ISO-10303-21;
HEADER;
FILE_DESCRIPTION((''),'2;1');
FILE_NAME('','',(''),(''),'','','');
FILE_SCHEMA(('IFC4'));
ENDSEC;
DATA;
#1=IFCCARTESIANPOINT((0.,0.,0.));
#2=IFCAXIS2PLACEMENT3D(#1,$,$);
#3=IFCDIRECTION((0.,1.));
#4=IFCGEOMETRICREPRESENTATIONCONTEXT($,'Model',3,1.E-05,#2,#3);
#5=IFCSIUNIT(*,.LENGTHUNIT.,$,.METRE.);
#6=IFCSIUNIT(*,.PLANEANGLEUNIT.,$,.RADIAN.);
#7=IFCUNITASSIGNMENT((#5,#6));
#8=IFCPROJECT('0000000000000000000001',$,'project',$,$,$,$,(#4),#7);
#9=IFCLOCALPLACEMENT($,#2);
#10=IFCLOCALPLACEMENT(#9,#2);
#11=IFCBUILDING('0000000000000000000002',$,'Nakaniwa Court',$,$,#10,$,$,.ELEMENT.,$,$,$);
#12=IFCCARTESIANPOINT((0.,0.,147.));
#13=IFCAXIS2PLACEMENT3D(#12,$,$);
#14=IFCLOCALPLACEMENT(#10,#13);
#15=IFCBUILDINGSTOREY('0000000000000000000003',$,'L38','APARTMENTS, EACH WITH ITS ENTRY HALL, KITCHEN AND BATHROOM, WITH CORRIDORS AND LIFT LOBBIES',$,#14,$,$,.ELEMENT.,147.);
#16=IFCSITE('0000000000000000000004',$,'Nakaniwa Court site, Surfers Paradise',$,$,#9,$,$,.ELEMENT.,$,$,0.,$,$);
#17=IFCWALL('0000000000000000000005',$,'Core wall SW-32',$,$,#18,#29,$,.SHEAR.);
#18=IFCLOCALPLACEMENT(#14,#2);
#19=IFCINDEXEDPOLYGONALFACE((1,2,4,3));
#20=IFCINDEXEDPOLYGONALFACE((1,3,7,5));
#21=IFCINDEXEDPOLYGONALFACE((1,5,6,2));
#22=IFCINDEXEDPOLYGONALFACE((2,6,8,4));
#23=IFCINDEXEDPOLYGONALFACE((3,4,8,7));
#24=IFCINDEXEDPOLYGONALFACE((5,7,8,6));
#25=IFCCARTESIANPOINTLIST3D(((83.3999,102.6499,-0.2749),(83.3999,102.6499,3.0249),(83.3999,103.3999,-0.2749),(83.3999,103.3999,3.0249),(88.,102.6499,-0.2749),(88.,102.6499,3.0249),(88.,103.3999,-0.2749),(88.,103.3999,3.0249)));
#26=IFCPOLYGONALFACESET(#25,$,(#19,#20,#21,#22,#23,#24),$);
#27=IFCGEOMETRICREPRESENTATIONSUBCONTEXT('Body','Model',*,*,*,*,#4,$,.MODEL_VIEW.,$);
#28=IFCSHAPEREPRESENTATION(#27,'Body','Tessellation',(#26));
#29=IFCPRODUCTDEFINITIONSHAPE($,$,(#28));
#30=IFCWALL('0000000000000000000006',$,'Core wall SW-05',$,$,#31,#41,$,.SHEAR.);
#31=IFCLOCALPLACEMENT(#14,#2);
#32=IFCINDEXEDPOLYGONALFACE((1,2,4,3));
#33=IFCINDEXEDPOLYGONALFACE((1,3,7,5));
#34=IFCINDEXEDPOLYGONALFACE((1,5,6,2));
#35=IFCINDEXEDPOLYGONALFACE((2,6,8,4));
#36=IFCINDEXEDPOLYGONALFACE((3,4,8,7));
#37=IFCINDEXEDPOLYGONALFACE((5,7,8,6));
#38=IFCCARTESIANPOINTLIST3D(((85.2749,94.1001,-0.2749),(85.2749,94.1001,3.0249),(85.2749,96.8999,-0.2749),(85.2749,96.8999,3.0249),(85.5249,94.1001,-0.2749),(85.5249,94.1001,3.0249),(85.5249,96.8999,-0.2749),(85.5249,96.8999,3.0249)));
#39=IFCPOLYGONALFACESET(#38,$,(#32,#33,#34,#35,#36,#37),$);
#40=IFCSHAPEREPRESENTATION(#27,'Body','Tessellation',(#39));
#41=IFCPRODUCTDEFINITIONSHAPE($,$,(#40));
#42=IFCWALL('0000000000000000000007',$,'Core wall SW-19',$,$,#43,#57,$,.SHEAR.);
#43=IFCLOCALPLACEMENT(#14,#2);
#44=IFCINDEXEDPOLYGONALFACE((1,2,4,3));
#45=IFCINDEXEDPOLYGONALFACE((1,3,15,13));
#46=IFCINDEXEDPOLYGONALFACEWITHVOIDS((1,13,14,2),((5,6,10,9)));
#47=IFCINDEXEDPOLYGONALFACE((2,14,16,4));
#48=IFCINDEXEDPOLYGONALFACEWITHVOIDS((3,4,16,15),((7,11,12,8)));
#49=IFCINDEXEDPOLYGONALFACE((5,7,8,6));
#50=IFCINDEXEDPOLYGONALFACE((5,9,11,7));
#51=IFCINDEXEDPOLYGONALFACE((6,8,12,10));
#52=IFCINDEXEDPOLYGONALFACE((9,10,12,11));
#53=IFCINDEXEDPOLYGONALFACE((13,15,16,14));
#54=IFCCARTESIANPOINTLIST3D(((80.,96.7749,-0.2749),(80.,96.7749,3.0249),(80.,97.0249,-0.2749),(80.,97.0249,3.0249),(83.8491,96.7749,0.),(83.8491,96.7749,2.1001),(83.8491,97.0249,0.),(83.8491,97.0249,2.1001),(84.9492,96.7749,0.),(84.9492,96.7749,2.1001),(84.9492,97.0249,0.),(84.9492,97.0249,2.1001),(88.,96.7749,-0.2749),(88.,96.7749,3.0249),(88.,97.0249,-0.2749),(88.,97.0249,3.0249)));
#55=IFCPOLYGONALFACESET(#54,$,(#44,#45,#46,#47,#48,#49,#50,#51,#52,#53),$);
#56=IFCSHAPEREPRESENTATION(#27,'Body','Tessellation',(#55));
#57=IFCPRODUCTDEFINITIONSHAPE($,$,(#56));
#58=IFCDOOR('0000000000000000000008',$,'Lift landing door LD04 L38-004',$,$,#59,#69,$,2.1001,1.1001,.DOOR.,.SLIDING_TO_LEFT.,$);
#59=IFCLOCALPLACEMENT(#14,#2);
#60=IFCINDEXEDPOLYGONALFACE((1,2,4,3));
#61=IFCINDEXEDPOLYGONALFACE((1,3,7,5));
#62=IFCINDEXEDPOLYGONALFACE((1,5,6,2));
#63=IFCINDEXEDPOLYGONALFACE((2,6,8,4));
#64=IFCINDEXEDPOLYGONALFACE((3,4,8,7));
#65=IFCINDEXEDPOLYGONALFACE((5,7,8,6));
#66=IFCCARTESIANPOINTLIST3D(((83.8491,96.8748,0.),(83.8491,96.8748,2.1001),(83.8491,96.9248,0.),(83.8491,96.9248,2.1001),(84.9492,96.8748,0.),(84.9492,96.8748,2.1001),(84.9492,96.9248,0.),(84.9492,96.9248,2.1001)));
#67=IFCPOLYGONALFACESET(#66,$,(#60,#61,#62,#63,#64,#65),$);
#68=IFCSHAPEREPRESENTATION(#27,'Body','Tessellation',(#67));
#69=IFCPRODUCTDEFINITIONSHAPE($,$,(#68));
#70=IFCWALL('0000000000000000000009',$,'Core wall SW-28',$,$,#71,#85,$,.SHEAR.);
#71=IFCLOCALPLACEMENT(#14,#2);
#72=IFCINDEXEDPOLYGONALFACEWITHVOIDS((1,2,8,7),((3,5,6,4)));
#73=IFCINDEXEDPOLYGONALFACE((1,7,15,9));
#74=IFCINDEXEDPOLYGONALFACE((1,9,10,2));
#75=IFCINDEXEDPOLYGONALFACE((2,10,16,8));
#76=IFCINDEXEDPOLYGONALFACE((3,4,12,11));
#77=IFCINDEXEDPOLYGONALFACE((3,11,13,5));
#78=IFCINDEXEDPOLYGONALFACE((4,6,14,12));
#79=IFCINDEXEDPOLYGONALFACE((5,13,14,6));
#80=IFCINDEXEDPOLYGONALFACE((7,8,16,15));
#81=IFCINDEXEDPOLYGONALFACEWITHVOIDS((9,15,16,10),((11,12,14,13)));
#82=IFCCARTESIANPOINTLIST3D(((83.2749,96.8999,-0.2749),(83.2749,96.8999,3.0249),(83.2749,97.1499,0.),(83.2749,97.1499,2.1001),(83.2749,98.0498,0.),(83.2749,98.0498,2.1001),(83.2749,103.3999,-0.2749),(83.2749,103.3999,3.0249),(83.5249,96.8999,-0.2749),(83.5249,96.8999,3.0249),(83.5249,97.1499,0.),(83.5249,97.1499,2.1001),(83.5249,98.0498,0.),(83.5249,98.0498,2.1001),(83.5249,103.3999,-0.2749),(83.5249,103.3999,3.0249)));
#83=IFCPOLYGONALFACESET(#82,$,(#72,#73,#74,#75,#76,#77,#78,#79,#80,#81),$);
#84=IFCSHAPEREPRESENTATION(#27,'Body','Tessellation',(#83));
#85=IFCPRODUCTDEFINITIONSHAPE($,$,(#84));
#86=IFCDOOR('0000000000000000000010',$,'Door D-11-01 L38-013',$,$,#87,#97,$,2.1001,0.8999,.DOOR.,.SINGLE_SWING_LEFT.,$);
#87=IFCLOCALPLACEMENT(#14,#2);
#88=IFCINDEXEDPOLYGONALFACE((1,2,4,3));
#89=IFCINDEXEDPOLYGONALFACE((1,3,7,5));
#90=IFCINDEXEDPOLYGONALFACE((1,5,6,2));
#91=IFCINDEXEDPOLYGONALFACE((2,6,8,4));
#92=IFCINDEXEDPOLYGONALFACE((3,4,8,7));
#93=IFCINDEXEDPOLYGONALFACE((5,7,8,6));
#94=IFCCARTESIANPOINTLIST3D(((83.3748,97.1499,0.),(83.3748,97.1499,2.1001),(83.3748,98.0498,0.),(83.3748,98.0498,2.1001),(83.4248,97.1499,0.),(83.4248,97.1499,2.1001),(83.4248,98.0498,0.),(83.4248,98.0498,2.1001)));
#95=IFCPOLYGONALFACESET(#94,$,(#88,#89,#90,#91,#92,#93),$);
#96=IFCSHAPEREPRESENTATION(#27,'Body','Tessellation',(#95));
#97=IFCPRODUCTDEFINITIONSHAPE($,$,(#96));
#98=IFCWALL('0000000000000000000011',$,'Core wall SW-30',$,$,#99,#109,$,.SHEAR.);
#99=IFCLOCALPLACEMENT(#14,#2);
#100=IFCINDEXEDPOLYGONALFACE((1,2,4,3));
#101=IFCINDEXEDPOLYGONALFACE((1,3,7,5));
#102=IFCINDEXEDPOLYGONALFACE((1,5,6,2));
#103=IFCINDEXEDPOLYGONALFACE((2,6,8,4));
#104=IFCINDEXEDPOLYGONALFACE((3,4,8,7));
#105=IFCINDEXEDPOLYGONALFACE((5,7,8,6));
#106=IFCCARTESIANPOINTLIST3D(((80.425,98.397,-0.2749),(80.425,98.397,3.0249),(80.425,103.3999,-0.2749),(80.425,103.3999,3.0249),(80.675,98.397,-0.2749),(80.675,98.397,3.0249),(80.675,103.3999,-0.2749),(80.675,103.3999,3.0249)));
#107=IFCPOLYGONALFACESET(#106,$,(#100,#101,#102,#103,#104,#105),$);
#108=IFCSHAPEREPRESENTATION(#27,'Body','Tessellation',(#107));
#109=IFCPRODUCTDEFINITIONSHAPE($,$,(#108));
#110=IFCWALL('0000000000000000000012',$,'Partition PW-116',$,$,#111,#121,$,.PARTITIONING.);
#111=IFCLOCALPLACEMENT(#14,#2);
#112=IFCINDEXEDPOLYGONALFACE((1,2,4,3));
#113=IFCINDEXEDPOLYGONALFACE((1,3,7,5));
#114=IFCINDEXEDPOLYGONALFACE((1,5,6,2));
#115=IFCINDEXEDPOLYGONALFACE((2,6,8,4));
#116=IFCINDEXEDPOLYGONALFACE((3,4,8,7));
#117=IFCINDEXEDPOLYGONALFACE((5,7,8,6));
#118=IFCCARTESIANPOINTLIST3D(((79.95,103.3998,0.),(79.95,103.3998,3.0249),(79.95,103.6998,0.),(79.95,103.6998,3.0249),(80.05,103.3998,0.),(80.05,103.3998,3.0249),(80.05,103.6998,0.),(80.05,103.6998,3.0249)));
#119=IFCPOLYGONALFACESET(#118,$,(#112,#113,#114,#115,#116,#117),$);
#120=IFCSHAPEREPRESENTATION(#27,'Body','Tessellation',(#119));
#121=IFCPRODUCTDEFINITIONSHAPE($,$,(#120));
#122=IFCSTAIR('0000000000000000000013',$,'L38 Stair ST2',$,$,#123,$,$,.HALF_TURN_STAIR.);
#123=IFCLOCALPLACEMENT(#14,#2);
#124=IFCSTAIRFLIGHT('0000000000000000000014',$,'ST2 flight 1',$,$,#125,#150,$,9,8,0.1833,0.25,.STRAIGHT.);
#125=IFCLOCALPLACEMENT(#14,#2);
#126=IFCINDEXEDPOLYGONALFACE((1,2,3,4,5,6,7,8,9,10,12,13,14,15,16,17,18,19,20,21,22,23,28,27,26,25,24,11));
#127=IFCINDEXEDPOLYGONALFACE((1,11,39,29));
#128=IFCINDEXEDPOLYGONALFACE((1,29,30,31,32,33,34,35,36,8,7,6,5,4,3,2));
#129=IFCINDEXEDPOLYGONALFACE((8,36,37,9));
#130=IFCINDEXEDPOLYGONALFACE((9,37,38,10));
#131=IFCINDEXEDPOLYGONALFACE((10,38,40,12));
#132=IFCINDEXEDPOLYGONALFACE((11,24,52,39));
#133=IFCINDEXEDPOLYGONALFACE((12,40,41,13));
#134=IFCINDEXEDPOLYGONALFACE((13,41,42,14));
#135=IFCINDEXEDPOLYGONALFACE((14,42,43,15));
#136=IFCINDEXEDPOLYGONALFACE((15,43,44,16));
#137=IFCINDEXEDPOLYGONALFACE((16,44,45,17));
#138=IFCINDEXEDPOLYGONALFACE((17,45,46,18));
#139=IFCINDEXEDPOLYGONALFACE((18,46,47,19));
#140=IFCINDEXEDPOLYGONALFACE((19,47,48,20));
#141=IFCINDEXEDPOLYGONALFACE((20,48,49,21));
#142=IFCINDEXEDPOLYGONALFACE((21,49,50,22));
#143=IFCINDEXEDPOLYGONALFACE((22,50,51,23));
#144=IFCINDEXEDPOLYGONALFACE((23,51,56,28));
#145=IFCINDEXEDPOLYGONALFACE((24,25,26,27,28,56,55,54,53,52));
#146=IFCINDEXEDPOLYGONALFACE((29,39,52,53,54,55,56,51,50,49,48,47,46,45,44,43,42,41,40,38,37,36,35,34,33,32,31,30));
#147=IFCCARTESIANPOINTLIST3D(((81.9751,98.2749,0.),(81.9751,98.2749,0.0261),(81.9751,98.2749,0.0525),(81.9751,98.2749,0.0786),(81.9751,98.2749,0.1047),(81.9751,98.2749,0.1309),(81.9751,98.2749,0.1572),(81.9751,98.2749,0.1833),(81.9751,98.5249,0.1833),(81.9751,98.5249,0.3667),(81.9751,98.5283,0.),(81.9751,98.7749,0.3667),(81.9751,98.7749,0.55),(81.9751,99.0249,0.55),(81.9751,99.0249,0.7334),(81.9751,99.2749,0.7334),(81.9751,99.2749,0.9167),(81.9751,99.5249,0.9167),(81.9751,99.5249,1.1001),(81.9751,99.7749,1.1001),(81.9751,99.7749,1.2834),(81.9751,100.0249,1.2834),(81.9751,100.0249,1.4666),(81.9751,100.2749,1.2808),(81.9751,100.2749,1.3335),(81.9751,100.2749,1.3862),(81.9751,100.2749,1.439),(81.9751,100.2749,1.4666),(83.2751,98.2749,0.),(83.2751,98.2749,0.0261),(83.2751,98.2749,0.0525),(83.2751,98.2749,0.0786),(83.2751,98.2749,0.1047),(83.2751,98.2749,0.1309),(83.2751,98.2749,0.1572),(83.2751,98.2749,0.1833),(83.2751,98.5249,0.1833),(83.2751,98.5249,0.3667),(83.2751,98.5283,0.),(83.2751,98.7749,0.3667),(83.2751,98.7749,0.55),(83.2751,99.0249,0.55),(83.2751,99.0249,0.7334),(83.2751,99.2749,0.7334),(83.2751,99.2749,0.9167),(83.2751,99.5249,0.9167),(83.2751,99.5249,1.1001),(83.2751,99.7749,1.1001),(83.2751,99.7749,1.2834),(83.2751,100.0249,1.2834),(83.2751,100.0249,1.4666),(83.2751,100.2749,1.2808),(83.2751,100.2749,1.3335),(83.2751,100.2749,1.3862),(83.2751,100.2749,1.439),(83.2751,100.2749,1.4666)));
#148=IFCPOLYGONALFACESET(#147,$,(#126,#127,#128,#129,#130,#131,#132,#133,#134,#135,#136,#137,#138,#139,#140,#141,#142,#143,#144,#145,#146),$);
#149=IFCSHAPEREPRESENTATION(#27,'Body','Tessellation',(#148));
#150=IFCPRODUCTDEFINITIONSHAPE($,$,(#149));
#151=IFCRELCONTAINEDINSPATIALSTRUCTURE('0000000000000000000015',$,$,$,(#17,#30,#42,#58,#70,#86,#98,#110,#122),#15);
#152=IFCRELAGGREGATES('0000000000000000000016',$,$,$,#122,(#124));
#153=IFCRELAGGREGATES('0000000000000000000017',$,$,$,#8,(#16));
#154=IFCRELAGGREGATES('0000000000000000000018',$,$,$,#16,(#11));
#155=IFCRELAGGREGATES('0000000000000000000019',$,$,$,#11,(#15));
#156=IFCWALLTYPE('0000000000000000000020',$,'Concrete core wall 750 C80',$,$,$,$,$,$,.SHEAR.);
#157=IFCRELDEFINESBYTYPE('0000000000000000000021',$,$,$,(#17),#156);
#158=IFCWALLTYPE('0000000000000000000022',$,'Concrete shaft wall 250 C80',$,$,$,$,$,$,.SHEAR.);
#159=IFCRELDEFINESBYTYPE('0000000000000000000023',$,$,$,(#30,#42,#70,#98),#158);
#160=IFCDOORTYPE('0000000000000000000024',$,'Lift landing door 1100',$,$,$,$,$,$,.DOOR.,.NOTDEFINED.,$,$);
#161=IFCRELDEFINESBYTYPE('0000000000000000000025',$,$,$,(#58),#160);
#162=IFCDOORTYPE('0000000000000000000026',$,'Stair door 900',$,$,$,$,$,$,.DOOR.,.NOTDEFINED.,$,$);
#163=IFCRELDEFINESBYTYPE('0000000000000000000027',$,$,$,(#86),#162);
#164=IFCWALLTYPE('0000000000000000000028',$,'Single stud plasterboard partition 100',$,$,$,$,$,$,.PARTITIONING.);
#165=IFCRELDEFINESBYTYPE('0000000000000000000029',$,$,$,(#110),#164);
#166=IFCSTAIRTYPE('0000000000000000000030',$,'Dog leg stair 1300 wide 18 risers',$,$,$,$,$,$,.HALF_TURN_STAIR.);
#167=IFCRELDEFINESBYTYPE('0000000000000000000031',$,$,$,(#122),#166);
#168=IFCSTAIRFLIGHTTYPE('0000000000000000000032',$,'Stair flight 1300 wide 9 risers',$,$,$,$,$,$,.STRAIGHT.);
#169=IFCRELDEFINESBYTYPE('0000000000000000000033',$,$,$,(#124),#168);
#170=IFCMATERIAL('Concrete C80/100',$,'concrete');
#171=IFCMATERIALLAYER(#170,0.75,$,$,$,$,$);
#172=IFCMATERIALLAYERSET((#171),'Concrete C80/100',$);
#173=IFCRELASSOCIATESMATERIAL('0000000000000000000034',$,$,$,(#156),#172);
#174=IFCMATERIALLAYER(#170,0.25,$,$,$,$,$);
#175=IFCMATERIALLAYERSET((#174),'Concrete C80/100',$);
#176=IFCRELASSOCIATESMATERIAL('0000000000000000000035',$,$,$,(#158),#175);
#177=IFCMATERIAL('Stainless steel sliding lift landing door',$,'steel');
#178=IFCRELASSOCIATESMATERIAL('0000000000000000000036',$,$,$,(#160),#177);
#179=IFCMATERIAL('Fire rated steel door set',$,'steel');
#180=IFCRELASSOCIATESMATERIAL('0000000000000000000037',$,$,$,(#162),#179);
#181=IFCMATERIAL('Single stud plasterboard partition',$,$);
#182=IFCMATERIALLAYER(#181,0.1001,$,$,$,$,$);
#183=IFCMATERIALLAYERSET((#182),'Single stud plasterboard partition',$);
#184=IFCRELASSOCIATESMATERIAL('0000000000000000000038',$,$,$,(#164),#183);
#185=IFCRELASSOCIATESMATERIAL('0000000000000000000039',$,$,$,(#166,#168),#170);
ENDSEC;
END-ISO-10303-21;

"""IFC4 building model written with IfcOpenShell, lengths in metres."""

from ifc_helpers import new_model, si_unit, direction, frame, frame_2d, origin, place, context, subcontext, project, spatial, polyline, rectangle, outline, extrude, material, layer, layer_set, type_object, element, fill, aggregate, save


model = new_model("IFC4")

# Units and contexts
model_context = context("Model", 3, precision=1e-05, world=origin(), true_north=direction((0.0, 1.0)))
body_context = subcontext(model_context, "Body", "Model", "MODEL_VIEW")
ifc_project = project(units=[si_unit("LENGTHUNIT", "METRE"), si_unit("PLANEANGLEUNIT", "RADIAN")], contexts=[model_context])

# Site, building, storey
site_placement = place(None, origin())
site = spatial("IfcSite", under=ifc_project, at=site_placement, Name="Nakaniwa Court site, Surfers Paradise", CompositionType="ELEMENT", RefElevation=0.0)
building_placement = place(site_placement, origin())
building = spatial("IfcBuilding", under=site, at=building_placement, Name="Nakaniwa Court", CompositionType="ELEMENT")
storey_placement = place(building_placement, frame((0.0, 0.0, 147.0)))
storey = spatial("IfcBuildingStorey", under=building, at=storey_placement, Name="L38", Description="APARTMENTS, EACH WITH ITS ENTRY HALL, KITCHEN AND BATHROOM, WITH CORRIDORS AND LIFT LOBBIES", CompositionType="ELEMENT", Elevation=147.0)

# Shared definitions
ifc_material_1 = material(Name="Fire rated steel door set", Category="steel")

# Shared definitions
ifc_material_2 = material(Name="Concrete C80/100", Category="concrete")

# Walls
ifc_layer_1 = layer(ifc_material_2, 0.75)
ifc_layer_set_1 = layer_set([ifc_layer_1], Name="Concrete C80/100")
wall_type_1 = type_object("IfcWallType", Name="Concrete core wall 750 C80", PredefinedType="SHEAR", material=ifc_layer_set_1)
wall_1_placement = place(storey_placement, frame((83.3999, 103.0249, -0.2749), z_axis=(0.0, 0.0, 1.0), x_axis=(1.0, 0.0, 0.0)))
element("IfcWall", 1, at=wall_1_placement, inside=storey, type_object=wall_type_1, Name="Core wall SW-32", PredefinedType="SHEAR", context=body_context, shape_type="SweptSolid", body=[
    extrude(rectangle(XDim=4.6001, YDim=0.75, at=frame_2d((2.3, 0.0))), origin(), (0.0, 0.0, 1.0), 3.2998),
])
ifc_layer_2 = layer(ifc_material_2, 0.25)
ifc_layer_set_2 = layer_set([ifc_layer_2], Name="Concrete C80/100")
wall_type_2 = type_object("IfcWallType", Name="Concrete shaft wall 250 C80", PredefinedType="SHEAR", material=ifc_layer_set_2)
wall_2_placement = place(storey_placement, frame((85.3999, 94.1001, -0.2749), z_axis=(0.0, 0.0, 1.0), x_axis=(0.0, 1.0, 0.0)))
element("IfcWall", 2, at=wall_2_placement, inside=storey, type_object=wall_type_2, Name="Core wall SW-05", PredefinedType="SHEAR", context=body_context, shape_type="SweptSolid", body=[
    extrude(rectangle(XDim=2.7998, YDim=0.25, at=frame_2d((1.3999, 0.0))), origin(), (0.0, 0.0, 1.0), 3.2998),
])

# Walls, openings, doors
wall_3_placement = place(storey_placement, frame((80.0, 96.8999, -0.2749), z_axis=(0.0, 0.0, 1.0), x_axis=(1.0, 0.0, 0.0)))
wall_3 = element("IfcWall", 3, at=wall_3_placement, inside=storey, type_object=wall_type_2, Name="Core wall SW-19", PredefinedType="SHEAR", context=body_context, shape_type="SweptSolid", body=[
    extrude(rectangle(XDim=8.0, YDim=0.25, at=frame_2d((4.0, 0.0))), origin(), (0.0, 0.0, 1.0), 3.2998),
])
opening_1_placement = place(wall_3_placement, frame((3.8491, 0.0, 0.2749)))
opening_1 = element("IfcOpeningElement", 4, at=opening_1_placement, cuts=wall_3, PredefinedType="OPENING", context=body_context, shape_type="SweptSolid", body=[
    extrude(rectangle(XDim=1.1001, YDim=2.1001, at=frame_2d((0.55, 1.05))), frame((0.0, 0.135, 0.0), z_axis=(0.0, -1.0, 0.0), x_axis=(1.0, 0.0, 0.0)), (0.0, 0.0, 1.0), 0.27),
])
ifc_material_3 = material(Name="Stainless steel sliding lift landing door", Category="steel")
door_type_1 = type_object("IfcDoorType", Name="Lift landing door 1100", OperationType="NOTDEFINED", PredefinedType="DOOR", material=ifc_material_3)
door_1_placement = place(opening_1_placement, origin())
door_1 = element("IfcDoor", 5, at=door_1_placement, inside=storey, type_object=door_type_1, Name="Lift landing door LD04 L38-004", OperationType="SLIDING_TO_LEFT", OverallHeight=2.1001, OverallWidth=1.1001, PredefinedType="DOOR", context=body_context, shape_type="SweptSolid", body=[
    extrude(rectangle(XDim=1.1001, YDim=2.1001, at=frame_2d((0.55, 1.05))), frame((0.0, 0.0249, 0.0), z_axis=(0.0, -1.0, 0.0), x_axis=(1.0, 0.0, 0.0)), (0.0, 0.0, 1.0), 0.05),
])
fill(opening_1, door_1)
wall_4_placement = place(storey_placement, frame((83.3999, 103.3999, -0.2749), z_axis=(0.0, 0.0, 1.0), x_axis=(0.0, -1.0, 0.0)))
wall_4 = element("IfcWall", 6, at=wall_4_placement, inside=storey, type_object=wall_type_2, Name="Core wall SW-28", PredefinedType="SHEAR", context=body_context, shape_type="SweptSolid", body=[
    extrude(rectangle(XDim=6.5, YDim=0.25, at=frame_2d((3.25, 0.0))), origin(), (0.0, 0.0, 1.0), 3.2998),
])
opening_2_placement = place(wall_4_placement, frame((5.3501, 0.0, 0.2749)))
opening_2 = element("IfcOpeningElement", 7, at=opening_2_placement, cuts=wall_4, PredefinedType="OPENING", context=body_context, shape_type="SweptSolid", body=[
    extrude(rectangle(XDim=0.8999, YDim=2.1001, at=frame_2d((0.45, 1.05))), frame((0.0, 0.135, 0.0), z_axis=(0.0, -1.0, 0.0), x_axis=(1.0, 0.0, 0.0)), (0.0, 0.0, 1.0), 0.27),
])
door_type_2 = type_object("IfcDoorType", Name="Stair door 900", OperationType="NOTDEFINED", PredefinedType="DOOR", material=ifc_material_1)
door_2_placement = place(opening_2_placement, origin())
door_2 = element("IfcDoor", 8, at=door_2_placement, inside=storey, type_object=door_type_2, Name="Door D-11-01 L38-013", OperationType="SINGLE_SWING_LEFT", OverallHeight=2.1001, OverallWidth=0.8999, PredefinedType="DOOR", context=body_context, shape_type="SweptSolid", body=[
    extrude(rectangle(XDim=0.8999, YDim=2.1001, at=frame_2d((0.45, 1.05))), frame((0.0, 0.0249, 0.0), z_axis=(0.0, -1.0, 0.0), x_axis=(1.0, 0.0, 0.0)), (0.0, 0.0, 1.0), 0.05),
])
fill(opening_2, door_2)

# Walls
wall_5_placement = place(storey_placement, frame((80.55, 98.397, -0.2749), z_axis=(0.0, 0.0, 1.0), x_axis=(0.0, 1.0, 0.0)))
element("IfcWall", 9, at=wall_5_placement, inside=storey, type_object=wall_type_2, Name="Core wall SW-30", PredefinedType="SHEAR", context=body_context, shape_type="SweptSolid", body=[
    extrude(rectangle(XDim=5.0029, YDim=0.25, at=frame_2d((2.5015, 0.0))), origin(), (0.0, 0.0, 1.0), 3.2998),
])
ifc_material_4 = material(Name="Single stud plasterboard partition")
ifc_layer_3 = layer(ifc_material_4, 0.1001)
ifc_layer_set_3 = layer_set([ifc_layer_3], Name="Single stud plasterboard partition")
wall_type_3 = type_object("IfcWallType", Name="Single stud plasterboard partition 100", PredefinedType="PARTITIONING", material=ifc_layer_set_3)
wall_6_placement = place(storey_placement, frame((80.0, 103.3999, 0.0), z_axis=(0.0, 0.0, 1.0), x_axis=(0.0, 1.0, 0.0)))
element("IfcWall", 10, at=wall_6_placement, inside=storey, type_object=wall_type_3, Name="Partition PW-116", PredefinedType="PARTITIONING", context=body_context, shape_type="SweptSolid", body=[
    extrude(rectangle(XDim=0.3, YDim=0.1001, at=frame_2d((0.1499, 0.0))), origin(), (0.0, 0.0, 1.0), 3.0249),
])

# Stair, stair flight
stair_type = type_object("IfcStairType", Name="Dog leg stair 1300 wide 18 risers", PredefinedType="HALF_TURN_STAIR", material=ifc_material_2)
stair_placement = place(storey_placement, origin())
stair = element("IfcStair", 11, at=stair_placement, inside=storey, type_object=stair_type, Name="L38 Stair ST2", PredefinedType="HALF_TURN_STAIR")
stair_flight_type = type_object("IfcStairFlightType", Name="Stair flight 1300 wide 9 risers", PredefinedType="STRAIGHT", material=ifc_material_2)
stair_flight_1_placement = place(storey_placement, frame((82.625, 98.2749, 0.0), z_axis=(0.0, 0.0, 1.0), x_axis=(0.0, 1.0, 0.0)))
stair_flight_1 = element("IfcStairFlight", 12, at=stair_flight_1_placement, type_object=stair_flight_type, Name="ST2 flight 1", NumberOfRisers=9, NumberOfTreads=8, PredefinedType="STRAIGHT", RiserHeight=0.1833, TreadLength=0.25, context=body_context, shape_type="SweptSolid", body=[
    extrude(outline(polyline([(0.0, 0.0), (0.0, 0.0261), (0.0, 0.0525), (0.0, 0.0786), (0.0, 0.1047), (0.0, 0.1309), (0.0, 0.1572), (0.0, 0.1833), (0.25, 0.1833), (0.25, 0.3667), (0.5, 0.3667), (0.5, 0.55), (0.75, 0.55), (0.75, 0.7334), (1.0, 0.7334), (1.0, 0.9167), (1.25, 0.9167), (1.25, 1.1001), (1.5, 1.1001), (1.5, 1.2834), (1.75, 1.2834), (1.75, 1.4666), (2.0, 1.4666), (2.0, 1.6499), (2.0, 1.5972), (2.0, 1.5444), (2.0, 1.4917), (2.0, 1.439), (2.0, 1.3862), (2.0, 1.3335), (2.0, 1.2808), (0.2534, 0.0), (0.0, 0.0)])), frame((0.0, 0.6499, 0.0), z_axis=(0.0, -1.0, 0.0), x_axis=(1.0, 0.0, 0.0)), (0.0, 0.0, 1.0), 1.3),
])
aggregate(stair, [stair_flight_1])

save(model, "model.ifc")
